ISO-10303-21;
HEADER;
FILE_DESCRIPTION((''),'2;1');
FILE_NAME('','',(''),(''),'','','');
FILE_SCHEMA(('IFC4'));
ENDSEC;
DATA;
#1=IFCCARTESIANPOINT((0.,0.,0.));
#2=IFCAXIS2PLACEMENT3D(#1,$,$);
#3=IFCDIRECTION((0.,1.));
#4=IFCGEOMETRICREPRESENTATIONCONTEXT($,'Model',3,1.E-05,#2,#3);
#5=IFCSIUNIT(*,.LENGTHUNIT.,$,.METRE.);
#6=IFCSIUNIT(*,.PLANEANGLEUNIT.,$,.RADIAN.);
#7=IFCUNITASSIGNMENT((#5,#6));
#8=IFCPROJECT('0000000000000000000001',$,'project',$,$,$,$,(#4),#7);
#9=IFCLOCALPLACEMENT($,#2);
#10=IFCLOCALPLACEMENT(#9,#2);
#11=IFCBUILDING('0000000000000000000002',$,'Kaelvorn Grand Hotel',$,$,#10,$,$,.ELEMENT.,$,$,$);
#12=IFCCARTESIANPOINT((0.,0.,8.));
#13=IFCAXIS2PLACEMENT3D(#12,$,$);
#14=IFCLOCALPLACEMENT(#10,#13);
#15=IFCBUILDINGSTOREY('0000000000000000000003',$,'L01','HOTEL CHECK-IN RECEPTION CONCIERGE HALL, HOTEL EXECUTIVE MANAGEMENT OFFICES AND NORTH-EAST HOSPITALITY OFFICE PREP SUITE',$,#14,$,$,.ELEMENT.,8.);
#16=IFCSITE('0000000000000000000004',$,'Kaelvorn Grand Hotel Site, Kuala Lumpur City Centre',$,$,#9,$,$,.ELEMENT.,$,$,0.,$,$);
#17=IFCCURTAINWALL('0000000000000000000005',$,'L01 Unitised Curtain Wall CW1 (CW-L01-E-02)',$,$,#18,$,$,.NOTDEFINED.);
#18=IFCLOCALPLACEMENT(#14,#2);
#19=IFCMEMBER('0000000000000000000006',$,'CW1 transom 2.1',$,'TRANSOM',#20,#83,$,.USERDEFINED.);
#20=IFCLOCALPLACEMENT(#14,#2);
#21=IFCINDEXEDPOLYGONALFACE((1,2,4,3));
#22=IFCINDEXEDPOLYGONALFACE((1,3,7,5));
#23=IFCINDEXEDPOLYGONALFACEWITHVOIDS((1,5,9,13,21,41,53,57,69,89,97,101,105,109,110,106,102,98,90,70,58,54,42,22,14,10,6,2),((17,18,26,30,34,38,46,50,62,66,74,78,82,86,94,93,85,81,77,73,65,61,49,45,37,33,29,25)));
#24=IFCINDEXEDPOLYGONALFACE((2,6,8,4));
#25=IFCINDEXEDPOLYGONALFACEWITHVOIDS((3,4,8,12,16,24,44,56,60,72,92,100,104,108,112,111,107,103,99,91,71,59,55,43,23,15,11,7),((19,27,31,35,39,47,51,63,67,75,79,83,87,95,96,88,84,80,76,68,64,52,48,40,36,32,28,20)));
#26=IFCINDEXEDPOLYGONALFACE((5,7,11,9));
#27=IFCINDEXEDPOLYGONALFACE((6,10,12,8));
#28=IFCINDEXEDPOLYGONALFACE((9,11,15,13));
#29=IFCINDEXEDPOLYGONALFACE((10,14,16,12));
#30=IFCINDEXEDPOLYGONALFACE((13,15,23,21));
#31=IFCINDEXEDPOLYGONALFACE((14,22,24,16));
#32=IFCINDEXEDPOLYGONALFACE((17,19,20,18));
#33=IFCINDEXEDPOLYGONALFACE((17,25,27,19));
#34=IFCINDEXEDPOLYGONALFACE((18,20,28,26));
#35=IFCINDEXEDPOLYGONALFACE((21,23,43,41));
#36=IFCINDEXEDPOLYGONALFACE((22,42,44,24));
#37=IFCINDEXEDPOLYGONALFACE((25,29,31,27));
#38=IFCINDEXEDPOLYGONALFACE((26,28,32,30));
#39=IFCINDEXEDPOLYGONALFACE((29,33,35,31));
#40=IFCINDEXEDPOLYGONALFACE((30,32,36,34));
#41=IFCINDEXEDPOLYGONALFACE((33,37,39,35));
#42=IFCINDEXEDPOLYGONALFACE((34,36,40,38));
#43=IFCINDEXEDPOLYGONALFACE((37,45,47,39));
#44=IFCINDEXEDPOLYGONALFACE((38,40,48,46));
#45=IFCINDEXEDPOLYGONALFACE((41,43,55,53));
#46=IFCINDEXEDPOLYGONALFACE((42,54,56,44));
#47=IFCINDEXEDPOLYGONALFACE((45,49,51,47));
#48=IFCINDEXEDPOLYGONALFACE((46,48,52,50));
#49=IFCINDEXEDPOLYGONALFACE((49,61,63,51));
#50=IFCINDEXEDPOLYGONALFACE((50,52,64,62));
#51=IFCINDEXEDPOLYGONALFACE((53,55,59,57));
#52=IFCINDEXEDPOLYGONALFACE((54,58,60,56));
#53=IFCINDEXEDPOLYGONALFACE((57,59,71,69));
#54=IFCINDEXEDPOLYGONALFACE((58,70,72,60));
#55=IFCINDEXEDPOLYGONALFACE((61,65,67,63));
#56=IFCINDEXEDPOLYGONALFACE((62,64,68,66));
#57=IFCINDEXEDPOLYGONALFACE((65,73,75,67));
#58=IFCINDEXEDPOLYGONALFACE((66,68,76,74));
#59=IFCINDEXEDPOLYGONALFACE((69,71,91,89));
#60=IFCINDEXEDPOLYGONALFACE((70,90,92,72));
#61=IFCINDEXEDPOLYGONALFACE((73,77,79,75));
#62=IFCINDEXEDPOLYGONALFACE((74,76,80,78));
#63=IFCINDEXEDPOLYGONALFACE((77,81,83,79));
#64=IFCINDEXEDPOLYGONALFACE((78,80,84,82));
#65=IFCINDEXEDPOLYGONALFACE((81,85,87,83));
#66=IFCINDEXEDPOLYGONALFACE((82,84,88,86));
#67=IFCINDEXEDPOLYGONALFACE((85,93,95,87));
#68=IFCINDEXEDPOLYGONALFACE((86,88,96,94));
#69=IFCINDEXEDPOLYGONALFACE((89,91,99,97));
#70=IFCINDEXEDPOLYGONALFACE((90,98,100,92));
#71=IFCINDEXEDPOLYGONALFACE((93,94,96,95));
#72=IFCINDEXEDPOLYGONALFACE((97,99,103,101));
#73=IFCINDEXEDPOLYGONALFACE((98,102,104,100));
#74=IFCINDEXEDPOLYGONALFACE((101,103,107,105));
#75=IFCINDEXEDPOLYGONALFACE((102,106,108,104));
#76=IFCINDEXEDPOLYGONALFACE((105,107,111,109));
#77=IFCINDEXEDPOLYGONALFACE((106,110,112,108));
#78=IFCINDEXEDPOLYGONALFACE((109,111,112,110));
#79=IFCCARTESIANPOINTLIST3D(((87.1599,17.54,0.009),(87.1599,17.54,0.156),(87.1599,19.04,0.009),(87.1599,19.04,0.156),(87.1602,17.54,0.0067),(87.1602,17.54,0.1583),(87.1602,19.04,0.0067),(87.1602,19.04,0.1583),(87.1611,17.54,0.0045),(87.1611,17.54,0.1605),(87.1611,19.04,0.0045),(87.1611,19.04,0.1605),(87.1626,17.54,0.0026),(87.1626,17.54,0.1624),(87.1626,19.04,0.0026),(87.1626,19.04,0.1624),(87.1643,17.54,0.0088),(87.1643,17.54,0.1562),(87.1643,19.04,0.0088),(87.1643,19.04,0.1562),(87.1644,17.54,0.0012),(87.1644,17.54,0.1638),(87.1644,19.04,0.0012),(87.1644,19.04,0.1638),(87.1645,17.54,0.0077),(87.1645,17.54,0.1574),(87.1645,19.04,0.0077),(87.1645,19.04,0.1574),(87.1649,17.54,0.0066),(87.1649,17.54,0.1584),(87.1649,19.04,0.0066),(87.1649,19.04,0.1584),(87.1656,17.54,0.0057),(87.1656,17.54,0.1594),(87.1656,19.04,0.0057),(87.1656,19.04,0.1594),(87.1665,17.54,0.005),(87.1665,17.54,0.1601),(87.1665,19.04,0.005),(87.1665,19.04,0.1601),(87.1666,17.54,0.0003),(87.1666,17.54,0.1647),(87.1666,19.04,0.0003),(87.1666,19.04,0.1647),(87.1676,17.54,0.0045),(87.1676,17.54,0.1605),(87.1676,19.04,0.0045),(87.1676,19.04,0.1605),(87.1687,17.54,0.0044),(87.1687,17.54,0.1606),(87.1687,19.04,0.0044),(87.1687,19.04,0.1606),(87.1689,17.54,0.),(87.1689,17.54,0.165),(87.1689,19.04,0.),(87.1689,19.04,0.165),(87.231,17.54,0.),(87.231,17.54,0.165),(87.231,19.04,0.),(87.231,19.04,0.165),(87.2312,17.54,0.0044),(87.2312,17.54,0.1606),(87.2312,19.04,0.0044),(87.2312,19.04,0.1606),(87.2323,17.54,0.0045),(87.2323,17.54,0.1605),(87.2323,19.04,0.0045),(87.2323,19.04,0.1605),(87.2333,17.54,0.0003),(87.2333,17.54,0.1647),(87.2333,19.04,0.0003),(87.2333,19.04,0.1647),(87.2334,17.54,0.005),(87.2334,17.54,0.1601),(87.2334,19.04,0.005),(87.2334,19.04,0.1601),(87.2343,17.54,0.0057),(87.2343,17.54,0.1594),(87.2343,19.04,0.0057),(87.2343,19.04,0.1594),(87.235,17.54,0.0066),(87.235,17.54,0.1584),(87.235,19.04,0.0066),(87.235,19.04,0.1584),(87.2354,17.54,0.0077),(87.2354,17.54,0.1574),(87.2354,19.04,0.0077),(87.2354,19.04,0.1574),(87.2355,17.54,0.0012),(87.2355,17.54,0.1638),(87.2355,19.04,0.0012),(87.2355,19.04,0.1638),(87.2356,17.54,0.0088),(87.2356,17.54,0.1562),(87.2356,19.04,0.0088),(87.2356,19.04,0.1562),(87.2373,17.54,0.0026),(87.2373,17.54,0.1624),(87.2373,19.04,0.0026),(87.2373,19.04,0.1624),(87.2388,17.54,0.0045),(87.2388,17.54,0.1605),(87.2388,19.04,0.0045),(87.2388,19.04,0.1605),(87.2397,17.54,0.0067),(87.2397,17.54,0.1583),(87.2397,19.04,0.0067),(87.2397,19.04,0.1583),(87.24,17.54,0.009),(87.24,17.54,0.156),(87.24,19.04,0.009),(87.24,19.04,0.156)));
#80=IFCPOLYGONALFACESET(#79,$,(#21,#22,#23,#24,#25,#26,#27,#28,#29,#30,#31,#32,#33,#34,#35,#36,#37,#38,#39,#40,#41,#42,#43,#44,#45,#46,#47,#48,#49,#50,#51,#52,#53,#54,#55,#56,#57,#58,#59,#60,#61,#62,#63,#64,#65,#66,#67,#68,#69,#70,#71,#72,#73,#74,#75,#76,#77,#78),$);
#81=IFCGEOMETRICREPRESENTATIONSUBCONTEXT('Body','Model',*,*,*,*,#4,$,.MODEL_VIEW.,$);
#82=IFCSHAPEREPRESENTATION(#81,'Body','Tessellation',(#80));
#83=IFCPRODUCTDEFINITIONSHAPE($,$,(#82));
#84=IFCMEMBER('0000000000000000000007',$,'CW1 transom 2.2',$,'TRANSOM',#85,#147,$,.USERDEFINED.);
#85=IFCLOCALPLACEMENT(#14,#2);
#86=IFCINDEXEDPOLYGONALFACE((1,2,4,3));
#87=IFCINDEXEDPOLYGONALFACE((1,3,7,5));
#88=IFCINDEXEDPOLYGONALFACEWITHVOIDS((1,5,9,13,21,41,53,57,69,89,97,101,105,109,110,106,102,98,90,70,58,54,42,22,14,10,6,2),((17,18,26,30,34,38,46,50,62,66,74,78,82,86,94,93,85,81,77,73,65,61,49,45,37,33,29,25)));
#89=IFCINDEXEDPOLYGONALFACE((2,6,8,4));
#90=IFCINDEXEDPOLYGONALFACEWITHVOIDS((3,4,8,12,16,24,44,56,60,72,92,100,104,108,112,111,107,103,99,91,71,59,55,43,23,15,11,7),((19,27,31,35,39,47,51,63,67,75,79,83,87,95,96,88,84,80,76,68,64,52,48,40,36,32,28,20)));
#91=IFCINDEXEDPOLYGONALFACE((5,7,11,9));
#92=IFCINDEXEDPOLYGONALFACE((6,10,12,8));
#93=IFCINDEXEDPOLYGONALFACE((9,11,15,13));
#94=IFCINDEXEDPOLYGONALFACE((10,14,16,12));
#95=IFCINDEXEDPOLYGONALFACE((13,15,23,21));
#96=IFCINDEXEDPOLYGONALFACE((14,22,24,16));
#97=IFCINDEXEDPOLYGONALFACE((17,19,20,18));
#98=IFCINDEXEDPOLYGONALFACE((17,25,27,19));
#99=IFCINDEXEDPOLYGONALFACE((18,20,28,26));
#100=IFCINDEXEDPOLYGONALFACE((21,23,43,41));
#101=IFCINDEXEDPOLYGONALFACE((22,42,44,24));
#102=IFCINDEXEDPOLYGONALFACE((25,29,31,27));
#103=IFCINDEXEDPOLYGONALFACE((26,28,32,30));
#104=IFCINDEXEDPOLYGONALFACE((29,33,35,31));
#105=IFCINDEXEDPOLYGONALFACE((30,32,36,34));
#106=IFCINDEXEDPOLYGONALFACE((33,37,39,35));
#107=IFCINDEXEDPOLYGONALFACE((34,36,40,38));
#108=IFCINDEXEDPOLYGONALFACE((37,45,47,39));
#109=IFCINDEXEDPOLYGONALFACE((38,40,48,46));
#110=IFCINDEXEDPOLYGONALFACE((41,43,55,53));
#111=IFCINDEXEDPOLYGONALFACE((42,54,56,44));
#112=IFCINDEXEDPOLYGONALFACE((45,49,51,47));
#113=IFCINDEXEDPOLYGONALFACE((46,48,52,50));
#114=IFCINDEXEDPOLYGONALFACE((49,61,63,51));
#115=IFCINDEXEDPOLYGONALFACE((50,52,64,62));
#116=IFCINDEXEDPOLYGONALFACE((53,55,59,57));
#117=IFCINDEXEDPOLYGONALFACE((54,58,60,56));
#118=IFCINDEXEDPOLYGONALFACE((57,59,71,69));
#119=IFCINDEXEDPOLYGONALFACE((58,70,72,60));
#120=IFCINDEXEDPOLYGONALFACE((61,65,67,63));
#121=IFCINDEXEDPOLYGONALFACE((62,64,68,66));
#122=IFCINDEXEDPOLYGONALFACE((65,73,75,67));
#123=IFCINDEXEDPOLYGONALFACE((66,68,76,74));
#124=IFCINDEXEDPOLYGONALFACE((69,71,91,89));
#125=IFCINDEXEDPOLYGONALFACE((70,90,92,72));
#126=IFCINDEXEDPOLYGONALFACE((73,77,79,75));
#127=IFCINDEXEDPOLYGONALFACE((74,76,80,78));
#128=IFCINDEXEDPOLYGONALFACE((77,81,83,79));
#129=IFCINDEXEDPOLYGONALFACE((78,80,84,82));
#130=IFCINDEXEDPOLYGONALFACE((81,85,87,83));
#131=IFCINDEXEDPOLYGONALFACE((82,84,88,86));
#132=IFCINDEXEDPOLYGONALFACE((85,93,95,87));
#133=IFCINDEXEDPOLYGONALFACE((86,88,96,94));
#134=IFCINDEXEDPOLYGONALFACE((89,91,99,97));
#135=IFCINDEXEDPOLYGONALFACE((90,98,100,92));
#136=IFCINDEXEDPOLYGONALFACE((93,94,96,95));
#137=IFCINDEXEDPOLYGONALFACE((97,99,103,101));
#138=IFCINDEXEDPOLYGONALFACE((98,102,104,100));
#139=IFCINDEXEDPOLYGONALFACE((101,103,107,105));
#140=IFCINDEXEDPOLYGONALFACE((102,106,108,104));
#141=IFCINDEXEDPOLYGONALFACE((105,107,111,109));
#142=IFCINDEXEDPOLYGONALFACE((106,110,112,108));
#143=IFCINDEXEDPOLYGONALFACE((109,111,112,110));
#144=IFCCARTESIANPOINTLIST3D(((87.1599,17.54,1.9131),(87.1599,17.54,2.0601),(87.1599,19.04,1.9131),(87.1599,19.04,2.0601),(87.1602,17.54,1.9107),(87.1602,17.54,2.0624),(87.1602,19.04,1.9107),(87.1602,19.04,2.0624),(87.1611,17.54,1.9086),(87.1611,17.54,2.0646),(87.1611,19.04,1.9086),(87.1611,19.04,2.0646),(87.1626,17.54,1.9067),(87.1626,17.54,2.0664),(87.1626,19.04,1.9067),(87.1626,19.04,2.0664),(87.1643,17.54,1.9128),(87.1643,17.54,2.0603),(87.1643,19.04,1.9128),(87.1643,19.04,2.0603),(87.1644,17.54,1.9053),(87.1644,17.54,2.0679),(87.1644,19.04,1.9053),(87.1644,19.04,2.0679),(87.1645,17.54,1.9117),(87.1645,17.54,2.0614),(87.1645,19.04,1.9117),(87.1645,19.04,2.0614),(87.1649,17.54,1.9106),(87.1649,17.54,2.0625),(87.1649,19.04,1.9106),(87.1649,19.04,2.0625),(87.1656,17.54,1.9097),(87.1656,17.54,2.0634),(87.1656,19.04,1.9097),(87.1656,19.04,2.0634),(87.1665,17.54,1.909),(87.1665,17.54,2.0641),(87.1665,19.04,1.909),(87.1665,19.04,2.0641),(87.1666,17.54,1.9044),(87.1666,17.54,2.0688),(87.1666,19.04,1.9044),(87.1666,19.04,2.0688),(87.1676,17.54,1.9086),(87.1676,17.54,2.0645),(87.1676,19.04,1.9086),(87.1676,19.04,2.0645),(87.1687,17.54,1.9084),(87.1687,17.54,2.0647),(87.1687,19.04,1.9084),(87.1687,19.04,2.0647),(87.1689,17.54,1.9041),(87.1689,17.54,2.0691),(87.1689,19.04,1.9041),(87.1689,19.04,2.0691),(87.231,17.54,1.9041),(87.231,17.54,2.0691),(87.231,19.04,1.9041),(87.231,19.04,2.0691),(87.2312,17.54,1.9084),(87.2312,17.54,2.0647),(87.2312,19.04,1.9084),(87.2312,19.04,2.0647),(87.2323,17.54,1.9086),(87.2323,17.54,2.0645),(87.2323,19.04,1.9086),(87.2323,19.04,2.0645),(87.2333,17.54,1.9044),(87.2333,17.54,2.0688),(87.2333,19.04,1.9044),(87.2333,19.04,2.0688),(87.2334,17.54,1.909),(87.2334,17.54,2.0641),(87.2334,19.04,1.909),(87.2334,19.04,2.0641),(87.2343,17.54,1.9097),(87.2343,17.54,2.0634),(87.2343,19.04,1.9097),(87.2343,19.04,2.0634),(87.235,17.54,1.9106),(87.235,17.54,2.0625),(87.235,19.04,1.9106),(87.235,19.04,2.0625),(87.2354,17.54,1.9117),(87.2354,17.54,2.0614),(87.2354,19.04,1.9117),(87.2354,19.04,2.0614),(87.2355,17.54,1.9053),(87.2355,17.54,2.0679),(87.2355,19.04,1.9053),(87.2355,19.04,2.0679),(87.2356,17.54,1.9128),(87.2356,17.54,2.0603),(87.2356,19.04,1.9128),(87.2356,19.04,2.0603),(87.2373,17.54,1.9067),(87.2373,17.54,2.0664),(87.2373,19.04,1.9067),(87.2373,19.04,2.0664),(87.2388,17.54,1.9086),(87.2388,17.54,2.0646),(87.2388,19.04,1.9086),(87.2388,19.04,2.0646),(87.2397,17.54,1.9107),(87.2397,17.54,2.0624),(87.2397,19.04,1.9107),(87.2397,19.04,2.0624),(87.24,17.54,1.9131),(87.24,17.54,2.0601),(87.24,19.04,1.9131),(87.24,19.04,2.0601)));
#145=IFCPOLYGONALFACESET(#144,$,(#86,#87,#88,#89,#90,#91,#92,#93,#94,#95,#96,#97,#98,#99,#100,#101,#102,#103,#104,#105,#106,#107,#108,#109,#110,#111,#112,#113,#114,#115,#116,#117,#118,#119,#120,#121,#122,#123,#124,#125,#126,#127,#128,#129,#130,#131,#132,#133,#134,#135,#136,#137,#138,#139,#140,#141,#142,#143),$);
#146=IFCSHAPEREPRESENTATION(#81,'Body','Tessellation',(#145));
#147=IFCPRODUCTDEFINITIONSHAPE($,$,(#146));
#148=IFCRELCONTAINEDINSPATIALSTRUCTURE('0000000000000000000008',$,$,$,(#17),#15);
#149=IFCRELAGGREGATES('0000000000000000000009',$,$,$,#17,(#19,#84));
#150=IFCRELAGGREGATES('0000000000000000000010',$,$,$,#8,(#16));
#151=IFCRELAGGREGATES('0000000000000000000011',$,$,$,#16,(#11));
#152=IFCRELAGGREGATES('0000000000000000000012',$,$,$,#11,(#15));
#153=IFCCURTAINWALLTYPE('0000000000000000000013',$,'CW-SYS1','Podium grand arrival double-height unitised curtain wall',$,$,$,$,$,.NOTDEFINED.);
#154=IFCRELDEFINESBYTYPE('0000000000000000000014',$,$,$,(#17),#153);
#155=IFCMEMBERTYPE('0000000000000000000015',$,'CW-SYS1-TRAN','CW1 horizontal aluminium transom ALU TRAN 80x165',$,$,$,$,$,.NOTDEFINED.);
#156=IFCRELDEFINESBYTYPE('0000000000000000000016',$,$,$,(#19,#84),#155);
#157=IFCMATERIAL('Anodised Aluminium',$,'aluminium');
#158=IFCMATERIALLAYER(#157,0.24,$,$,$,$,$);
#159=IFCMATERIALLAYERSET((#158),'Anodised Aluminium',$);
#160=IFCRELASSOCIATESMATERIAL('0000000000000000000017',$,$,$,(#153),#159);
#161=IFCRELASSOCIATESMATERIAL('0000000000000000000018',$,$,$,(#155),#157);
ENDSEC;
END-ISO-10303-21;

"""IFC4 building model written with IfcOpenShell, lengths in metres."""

from ifc_helpers import new_model, si_unit, direction, frame, origin, origin_2d, place, context, subcontext, project, spatial, hollow_rectangle, extrude, material, layer, layer_set, material_profile, profile_set, type_object, element, aggregate, save


model = new_model("IFC4")

# Units and contexts
model_context = context("Model", 3, precision=1e-05, world=origin(), true_north=direction((0.0, 1.0)))
body_context = subcontext(model_context, "Body", "Model", "MODEL_VIEW")
ifc_project = project(units=[si_unit("LENGTHUNIT", "METRE"), si_unit("PLANEANGLEUNIT", "RADIAN")], contexts=[model_context])

# Site, building, storey
site_placement = place(None, origin())
site = spatial("IfcSite", under=ifc_project, at=site_placement, Name="Kaelvorn Grand Hotel Site, Kuala Lumpur City Centre", CompositionType="ELEMENT", RefElevation=0.0)
building_placement = place(site_placement, origin())
building = spatial("IfcBuilding", under=site, at=building_placement, Name="Kaelvorn Grand Hotel", CompositionType="ELEMENT")
storey_placement = place(building_placement, frame((0.0, 0.0, 8.0)))
storey = spatial("IfcBuildingStorey", under=building, at=storey_placement, Name="L01", Description="HOTEL CHECK-IN RECEPTION CONCIERGE HALL, HOTEL EXECUTIVE MANAGEMENT OFFICES AND NORTH-EAST HOSPITALITY OFFICE PREP SUITE", CompositionType="ELEMENT", Elevation=8.0)

# Curtain wall, members
ifc_material_1 = material(Name="Anodised Aluminium", Category="aluminium")
ifc_layer_1 = layer(ifc_material_1, 0.24)
ifc_layer_set_1 = layer_set([ifc_layer_1], Name="Anodised Aluminium")
curtain_wall_type = type_object("IfcCurtainWallType", Name="CW-SYS1", Description="Podium grand arrival double-height unitised curtain wall", PredefinedType="NOTDEFINED", material=ifc_layer_set_1)
curtain_wall_placement = place(storey_placement, origin())
curtain_wall = element("IfcCurtainWall", 1, at=curtain_wall_placement, inside=storey, type_object=curtain_wall_type, Name="L01 Unitised Curtain Wall CW1 (CW-L01-E-02)", PredefinedType="NOTDEFINED")
ifc_material_profile_1 = material_profile(ifc_material_1, hollow_rectangle(XDim=0.0801, YDim=0.165, WallThickness=0.0044, InnerFilletRadius=0.0044, OuterFilletRadius=0.009, at=origin_2d()), Name="ALU TRAN 80x165")
ifc_profile_set_1 = profile_set([ifc_material_profile_1], Name="Anodised Aluminium")
member_type_1 = type_object("IfcMemberType", Name="CW-SYS1-TRAN", Description="CW1 horizontal aluminium transom ALU TRAN 80x165", PredefinedType="NOTDEFINED", material=ifc_profile_set_1)
member_1_placement = place(storey_placement, frame((87.2, 17.54, 0.0825), z_axis=(0.0, 1.0, 0.0), x_axis=(-1.0, 0.0, 0.0)))
member_1 = element("IfcMember", 2, at=member_1_placement, type_object=member_type_1, Name="CW1 transom 2.1", ObjectType="TRANSOM", PredefinedType="USERDEFINED", context=body_context, shape_type="SweptSolid", body=[
    extrude(hollow_rectangle(XDim=0.0801, YDim=0.165, WallThickness=0.0044, InnerFilletRadius=0.0044, OuterFilletRadius=0.009, at=origin_2d()), origin(), (0.0, 0.0, 1.0), 1.5),
])
member_2_placement = place(storey_placement, frame((87.2, 17.54, 1.9866), z_axis=(0.0, 1.0, 0.0), x_axis=(-1.0, 0.0, 0.0)))
member_2 = element("IfcMember", 3, at=member_2_placement, type_object=member_type_1, Name="CW1 transom 2.2", ObjectType="TRANSOM", PredefinedType="USERDEFINED", context=body_context, shape_type="SweptSolid", body=[
    extrude(hollow_rectangle(XDim=0.0801, YDim=0.165, WallThickness=0.0044, InnerFilletRadius=0.0044, OuterFilletRadius=0.009, at=origin_2d()), origin(), (0.0, 0.0, 1.0), 1.5),
])
aggregate(curtain_wall, [member_1, member_2])

save(model, "model.ifc")
